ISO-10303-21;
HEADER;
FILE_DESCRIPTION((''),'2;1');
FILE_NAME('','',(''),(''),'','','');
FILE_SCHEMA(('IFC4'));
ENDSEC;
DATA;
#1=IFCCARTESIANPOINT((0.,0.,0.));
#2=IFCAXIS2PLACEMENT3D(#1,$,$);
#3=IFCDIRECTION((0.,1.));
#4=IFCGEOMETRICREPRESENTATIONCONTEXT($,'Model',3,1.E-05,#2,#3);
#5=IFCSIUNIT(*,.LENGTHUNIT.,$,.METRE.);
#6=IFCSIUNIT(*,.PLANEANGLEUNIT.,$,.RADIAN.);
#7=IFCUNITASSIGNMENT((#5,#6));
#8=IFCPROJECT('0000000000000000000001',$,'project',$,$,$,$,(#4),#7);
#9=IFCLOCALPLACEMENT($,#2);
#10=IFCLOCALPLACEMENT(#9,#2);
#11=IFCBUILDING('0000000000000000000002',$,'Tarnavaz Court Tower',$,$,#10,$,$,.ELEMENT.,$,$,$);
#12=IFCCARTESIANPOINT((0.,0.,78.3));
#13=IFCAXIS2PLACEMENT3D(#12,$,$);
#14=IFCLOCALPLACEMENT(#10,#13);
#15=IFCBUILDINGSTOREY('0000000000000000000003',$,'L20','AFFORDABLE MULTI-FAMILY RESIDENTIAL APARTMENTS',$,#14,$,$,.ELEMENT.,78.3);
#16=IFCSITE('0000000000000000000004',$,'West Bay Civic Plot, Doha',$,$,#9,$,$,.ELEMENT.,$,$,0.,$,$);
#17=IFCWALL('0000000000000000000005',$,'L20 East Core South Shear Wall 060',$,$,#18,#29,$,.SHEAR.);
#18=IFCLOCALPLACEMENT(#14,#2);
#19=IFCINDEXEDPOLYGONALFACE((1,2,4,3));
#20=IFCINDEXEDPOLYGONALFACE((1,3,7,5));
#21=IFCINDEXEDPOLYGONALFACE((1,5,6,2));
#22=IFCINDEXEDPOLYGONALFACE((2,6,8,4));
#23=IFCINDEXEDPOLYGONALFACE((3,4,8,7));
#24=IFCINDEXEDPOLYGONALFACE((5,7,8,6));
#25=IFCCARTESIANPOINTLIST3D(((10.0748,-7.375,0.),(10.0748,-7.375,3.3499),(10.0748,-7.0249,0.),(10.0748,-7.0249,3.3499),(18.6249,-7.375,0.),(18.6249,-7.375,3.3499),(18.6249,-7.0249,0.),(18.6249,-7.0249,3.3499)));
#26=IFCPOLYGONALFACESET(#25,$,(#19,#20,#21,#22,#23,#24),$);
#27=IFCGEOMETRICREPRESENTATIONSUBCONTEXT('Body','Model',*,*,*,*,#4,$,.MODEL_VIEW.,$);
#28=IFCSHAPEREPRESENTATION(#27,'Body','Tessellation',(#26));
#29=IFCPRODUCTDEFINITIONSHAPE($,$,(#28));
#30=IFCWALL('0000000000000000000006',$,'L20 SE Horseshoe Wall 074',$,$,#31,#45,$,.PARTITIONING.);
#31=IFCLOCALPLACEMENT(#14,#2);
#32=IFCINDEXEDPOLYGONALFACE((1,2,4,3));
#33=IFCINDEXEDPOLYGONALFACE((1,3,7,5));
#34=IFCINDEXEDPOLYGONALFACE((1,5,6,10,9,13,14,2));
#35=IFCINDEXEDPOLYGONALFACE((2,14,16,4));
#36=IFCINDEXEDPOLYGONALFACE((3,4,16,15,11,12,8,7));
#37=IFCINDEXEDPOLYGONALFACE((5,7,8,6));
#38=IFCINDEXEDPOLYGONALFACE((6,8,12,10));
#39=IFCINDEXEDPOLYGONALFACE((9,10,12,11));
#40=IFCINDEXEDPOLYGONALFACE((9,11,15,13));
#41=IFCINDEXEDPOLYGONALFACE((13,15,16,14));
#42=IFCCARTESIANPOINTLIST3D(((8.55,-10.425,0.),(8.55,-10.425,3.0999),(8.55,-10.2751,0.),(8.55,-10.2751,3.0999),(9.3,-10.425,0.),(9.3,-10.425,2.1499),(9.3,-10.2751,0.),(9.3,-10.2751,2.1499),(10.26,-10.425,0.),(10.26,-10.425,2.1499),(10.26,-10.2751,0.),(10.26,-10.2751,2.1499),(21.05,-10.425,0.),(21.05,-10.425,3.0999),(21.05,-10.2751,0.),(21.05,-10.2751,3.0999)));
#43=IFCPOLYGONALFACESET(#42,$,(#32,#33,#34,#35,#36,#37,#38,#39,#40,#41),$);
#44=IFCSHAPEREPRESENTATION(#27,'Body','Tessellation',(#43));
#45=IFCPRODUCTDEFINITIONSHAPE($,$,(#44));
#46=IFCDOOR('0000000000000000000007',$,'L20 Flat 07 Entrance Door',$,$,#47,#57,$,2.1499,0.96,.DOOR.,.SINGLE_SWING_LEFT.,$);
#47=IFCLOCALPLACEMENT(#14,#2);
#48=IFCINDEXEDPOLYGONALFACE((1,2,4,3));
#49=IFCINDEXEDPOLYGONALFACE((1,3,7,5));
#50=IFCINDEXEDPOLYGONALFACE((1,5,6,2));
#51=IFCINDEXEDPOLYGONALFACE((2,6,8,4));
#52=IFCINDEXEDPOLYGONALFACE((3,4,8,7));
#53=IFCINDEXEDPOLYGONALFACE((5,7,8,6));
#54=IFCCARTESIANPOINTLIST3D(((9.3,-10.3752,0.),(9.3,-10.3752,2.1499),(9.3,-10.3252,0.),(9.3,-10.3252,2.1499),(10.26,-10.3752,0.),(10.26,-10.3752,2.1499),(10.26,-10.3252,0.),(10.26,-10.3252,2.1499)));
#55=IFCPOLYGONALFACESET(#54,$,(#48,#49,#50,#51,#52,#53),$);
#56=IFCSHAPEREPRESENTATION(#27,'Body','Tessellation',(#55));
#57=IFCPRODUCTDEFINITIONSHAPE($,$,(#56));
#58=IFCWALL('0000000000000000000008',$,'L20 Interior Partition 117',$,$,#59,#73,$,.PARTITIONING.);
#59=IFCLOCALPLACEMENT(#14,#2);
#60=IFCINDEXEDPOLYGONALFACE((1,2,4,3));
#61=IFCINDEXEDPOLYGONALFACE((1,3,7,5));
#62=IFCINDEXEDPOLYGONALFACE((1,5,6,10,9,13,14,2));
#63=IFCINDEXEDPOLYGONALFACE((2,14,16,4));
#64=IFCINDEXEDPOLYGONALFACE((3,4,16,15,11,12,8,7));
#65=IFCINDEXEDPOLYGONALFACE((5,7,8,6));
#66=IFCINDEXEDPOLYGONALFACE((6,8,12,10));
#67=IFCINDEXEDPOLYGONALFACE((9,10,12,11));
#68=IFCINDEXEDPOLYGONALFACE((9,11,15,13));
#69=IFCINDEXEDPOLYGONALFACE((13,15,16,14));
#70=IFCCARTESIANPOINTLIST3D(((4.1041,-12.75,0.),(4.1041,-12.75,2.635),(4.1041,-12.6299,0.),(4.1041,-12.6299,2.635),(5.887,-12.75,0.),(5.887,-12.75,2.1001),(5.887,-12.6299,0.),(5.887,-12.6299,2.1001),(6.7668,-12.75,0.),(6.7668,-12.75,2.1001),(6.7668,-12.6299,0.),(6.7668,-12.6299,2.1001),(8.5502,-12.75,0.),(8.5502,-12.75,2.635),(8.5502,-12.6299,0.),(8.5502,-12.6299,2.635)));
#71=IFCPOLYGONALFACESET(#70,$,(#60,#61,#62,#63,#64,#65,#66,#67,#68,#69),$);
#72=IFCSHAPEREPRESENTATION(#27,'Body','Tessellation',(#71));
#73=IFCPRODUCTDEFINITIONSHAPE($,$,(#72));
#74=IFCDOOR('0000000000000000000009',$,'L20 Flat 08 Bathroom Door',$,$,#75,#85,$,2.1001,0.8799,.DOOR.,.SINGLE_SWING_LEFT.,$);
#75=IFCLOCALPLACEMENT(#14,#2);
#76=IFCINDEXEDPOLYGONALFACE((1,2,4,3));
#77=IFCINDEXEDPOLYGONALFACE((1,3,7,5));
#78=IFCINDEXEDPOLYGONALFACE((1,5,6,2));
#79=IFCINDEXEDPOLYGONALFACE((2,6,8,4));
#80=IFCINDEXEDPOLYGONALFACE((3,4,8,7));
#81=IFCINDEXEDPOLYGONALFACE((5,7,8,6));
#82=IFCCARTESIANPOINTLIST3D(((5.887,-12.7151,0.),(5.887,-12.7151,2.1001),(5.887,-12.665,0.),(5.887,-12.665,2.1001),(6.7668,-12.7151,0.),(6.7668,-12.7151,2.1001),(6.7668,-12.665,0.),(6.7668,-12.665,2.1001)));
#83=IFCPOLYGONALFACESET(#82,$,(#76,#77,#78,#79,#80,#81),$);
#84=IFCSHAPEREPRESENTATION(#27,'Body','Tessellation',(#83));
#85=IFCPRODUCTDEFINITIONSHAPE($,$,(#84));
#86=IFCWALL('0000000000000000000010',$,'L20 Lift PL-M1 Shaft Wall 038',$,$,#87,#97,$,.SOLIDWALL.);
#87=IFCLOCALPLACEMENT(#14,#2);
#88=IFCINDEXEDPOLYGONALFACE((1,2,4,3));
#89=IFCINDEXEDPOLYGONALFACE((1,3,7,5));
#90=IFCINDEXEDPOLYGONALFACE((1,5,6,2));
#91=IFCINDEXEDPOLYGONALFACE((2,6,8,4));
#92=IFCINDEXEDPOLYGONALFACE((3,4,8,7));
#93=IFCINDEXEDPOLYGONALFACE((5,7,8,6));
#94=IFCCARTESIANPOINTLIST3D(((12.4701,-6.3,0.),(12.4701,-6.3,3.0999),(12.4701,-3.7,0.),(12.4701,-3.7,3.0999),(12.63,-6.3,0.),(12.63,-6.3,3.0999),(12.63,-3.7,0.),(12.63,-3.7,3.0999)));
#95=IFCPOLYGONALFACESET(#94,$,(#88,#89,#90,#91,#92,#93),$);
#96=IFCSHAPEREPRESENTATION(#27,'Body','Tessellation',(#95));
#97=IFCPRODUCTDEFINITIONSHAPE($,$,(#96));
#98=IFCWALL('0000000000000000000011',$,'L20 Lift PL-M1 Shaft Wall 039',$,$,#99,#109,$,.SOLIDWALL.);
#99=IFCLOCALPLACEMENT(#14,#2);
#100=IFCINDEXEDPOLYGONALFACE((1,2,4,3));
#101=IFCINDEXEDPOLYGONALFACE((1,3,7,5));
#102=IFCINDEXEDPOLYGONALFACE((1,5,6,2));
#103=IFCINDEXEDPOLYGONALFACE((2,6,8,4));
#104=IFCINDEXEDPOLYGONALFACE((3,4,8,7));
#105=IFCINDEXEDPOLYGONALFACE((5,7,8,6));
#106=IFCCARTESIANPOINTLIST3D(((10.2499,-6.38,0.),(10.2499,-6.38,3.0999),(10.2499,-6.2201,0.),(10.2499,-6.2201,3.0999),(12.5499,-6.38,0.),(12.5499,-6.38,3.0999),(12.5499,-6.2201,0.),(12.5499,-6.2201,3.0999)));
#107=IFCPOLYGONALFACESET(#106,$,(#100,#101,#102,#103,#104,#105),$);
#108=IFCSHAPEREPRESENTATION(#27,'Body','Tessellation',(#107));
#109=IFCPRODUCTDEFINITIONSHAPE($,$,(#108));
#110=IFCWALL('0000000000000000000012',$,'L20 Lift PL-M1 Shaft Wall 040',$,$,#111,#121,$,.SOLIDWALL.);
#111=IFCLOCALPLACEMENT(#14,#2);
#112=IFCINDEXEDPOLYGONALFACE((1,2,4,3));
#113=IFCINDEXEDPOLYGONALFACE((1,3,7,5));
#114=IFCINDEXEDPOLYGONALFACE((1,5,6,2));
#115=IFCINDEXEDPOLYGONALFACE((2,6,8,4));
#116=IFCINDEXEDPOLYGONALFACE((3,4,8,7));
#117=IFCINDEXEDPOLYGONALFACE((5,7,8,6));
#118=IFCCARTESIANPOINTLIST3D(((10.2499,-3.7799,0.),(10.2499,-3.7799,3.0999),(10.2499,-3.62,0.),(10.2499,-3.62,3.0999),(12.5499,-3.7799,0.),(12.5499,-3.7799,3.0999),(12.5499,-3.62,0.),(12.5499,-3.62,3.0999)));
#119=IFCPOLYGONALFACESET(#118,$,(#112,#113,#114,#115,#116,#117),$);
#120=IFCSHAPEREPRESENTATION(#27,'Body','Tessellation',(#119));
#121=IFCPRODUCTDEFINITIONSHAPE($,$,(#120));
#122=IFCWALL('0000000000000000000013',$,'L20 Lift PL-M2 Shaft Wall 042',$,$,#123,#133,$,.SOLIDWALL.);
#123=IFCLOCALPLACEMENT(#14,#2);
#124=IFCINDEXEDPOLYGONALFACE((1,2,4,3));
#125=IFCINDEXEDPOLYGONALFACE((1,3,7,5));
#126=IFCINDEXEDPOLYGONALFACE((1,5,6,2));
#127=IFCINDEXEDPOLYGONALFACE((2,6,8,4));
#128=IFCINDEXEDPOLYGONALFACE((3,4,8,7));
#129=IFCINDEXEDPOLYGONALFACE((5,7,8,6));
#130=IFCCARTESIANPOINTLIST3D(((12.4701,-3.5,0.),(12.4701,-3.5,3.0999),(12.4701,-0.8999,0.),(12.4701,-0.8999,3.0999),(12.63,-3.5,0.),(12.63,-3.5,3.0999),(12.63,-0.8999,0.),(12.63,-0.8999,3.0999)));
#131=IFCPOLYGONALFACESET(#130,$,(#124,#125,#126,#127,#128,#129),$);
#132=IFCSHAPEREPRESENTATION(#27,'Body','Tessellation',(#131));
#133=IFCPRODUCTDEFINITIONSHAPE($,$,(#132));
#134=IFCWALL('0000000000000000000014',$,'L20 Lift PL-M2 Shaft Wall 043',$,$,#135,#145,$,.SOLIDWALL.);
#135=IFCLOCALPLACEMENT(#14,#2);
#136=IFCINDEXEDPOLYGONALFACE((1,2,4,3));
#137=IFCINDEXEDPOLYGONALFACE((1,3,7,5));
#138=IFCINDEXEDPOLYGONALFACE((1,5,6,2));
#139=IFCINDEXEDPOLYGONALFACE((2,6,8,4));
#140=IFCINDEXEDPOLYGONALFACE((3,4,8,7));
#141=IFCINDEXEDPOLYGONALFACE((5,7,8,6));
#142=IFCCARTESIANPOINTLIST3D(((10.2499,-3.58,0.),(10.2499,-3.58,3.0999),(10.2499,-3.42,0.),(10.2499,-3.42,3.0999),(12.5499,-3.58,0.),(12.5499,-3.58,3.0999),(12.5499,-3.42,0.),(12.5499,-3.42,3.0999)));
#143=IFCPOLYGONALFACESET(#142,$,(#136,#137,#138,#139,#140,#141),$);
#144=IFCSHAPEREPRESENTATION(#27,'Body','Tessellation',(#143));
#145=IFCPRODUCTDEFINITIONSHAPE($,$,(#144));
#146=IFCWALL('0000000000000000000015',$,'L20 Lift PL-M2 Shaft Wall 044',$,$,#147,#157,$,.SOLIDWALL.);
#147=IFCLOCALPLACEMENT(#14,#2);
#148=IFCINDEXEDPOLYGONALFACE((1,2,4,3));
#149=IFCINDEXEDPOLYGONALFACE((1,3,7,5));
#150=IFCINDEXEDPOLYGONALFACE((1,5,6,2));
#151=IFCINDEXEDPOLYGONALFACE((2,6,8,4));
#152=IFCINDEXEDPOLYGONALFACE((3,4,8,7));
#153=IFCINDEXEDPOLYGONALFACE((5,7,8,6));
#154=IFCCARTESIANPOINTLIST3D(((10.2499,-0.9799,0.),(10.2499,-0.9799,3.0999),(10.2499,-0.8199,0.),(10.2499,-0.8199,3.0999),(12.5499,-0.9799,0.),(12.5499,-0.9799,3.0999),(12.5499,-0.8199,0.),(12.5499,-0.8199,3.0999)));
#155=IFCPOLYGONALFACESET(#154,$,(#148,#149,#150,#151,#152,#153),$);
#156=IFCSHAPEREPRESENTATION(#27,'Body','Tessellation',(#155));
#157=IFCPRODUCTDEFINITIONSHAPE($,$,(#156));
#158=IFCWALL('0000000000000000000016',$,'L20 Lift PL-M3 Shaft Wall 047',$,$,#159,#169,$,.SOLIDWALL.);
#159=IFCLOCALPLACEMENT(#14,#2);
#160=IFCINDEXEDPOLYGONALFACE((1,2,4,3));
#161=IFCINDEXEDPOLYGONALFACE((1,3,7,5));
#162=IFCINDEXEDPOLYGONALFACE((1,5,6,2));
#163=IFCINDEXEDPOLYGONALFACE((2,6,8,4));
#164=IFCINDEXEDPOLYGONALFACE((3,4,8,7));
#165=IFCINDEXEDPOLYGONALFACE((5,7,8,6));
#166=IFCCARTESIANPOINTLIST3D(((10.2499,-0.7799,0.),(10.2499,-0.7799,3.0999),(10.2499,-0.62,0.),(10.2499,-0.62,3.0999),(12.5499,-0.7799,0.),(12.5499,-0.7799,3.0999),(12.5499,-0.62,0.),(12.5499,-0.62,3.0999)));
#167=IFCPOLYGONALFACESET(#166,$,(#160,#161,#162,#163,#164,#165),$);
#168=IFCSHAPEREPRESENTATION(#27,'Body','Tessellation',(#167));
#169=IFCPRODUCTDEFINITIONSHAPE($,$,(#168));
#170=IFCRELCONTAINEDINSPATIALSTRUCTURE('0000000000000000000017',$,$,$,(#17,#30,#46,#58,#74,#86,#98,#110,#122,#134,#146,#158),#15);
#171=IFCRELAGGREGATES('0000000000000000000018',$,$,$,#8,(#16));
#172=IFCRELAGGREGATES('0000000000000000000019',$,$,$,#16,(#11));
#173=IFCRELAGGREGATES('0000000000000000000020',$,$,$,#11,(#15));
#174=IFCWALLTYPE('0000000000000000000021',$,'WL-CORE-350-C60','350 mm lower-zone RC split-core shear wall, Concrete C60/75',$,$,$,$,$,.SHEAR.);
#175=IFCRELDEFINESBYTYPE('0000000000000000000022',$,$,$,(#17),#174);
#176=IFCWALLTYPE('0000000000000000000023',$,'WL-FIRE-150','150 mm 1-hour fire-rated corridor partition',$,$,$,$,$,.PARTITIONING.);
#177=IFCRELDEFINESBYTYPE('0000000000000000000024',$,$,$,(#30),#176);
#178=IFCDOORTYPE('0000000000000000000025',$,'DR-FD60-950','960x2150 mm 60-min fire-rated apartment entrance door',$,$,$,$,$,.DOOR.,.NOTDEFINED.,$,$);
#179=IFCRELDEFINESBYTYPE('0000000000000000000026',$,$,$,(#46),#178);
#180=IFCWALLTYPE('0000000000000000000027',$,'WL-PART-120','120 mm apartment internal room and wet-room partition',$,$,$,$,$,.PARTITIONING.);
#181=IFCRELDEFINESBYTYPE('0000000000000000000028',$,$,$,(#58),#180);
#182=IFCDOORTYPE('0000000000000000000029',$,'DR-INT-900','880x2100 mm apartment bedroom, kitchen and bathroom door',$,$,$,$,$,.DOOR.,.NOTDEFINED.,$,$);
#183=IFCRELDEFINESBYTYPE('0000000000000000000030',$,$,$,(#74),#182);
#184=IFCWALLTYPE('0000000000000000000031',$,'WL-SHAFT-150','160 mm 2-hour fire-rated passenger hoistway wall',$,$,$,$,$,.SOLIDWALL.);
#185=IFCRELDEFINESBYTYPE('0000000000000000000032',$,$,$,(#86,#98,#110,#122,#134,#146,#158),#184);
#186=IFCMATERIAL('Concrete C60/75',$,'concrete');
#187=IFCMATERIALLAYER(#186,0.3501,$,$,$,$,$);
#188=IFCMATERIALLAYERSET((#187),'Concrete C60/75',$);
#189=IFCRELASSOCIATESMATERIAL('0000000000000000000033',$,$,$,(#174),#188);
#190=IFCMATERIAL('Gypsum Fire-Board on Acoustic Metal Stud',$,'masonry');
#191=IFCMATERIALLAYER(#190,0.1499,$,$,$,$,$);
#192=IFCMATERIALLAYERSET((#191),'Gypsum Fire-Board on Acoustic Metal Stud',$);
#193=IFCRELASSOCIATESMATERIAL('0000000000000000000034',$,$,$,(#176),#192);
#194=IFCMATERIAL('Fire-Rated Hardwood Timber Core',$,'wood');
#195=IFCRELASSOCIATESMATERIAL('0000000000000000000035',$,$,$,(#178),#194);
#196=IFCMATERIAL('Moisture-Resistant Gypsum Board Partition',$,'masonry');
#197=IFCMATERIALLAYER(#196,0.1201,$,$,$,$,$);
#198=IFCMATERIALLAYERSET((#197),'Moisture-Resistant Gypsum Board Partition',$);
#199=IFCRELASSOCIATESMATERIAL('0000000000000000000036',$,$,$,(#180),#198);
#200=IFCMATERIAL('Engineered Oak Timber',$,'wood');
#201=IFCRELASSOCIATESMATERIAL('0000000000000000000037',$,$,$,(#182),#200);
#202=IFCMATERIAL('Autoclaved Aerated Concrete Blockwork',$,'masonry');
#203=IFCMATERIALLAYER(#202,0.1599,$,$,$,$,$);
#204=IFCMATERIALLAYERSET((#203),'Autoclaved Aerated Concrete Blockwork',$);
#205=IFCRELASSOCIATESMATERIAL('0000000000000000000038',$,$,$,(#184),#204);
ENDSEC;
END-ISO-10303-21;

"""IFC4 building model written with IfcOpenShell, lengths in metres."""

from ifc_helpers import new_model, si_unit, direction, frame, frame_2d, origin, place, context, subcontext, project, spatial, rectangle, extrude, material, layer, layer_set, type_object, element, fill, save


model = new_model("IFC4")

# Units and contexts
model_context = context("Model", 3, precision=1e-05, world=origin(), true_north=direction((0.0, 1.0)))
body_context = subcontext(model_context, "Body", "Model", "MODEL_VIEW")
ifc_project = project(units=[si_unit("LENGTHUNIT", "METRE"), si_unit("PLANEANGLEUNIT", "RADIAN")], contexts=[model_context])

# Site, building, storey
site_placement = place(None, origin())
site = spatial("IfcSite", under=ifc_project, at=site_placement, Name="West Bay Civic Plot, Doha", CompositionType="ELEMENT", RefElevation=0.0)
building_placement = place(site_placement, origin())
building = spatial("IfcBuilding", under=site, at=building_placement, Name="Tarnavaz Court Tower", CompositionType="ELEMENT")
storey_placement = place(building_placement, frame((0.0, 0.0, 78.3)))
storey = spatial("IfcBuildingStorey", under=building, at=storey_placement, Name="L20", Description="AFFORDABLE MULTI-FAMILY RESIDENTIAL APARTMENTS", CompositionType="ELEMENT", Elevation=78.3)

# Shared definitions
ifc_material_1 = material(Name="Concrete C60/75", Category="concrete")

# Wall
ifc_layer_1 = layer(ifc_material_1, 0.3501)
ifc_layer_set_1 = layer_set([ifc_layer_1], Name="Concrete C60/75")
wall_type_1 = type_object("IfcWallType", Name="WL-CORE-350-C60", Description="350 mm lower-zone RC split-core shear wall, Concrete C60/75", PredefinedType="SHEAR", material=ifc_layer_set_1)
wall_1_placement = place(storey_placement, frame((10.075, -7.2, 0.0), z_axis=(0.0, 0.0, 1.0), x_axis=(1.0, 0.0, 0.0)))
element("IfcWall", 1, at=wall_1_placement, inside=storey, type_object=wall_type_1, Name="L20 East Core South Shear Wall 060", PredefinedType="SHEAR", context=body_context, shape_type="SweptSolid", body=[
    extrude(rectangle(XDim=8.55, YDim=0.3501, at=frame_2d((4.2749, 0.0))), origin(), (0.0, 0.0, 1.0), 3.3499),
])

# Walls, openings, doors
ifc_material_2 = material(Name="Gypsum Fire-Board on Acoustic Metal Stud", Category="masonry")
ifc_layer_2 = layer(ifc_material_2, 0.1499)
ifc_layer_set_2 = layer_set([ifc_layer_2], Name="Gypsum Fire-Board on Acoustic Metal Stud")
wall_type_2 = type_object("IfcWallType", Name="WL-FIRE-150", Description="150 mm 1-hour fire-rated corridor partition", PredefinedType="PARTITIONING", material=ifc_layer_set_2)
wall_2_placement = place(storey_placement, frame((8.55, -10.3501, 0.0), z_axis=(0.0, 0.0, 1.0), x_axis=(1.0, 0.0, 0.0)))
wall_2 = element("IfcWall", 2, at=wall_2_placement, inside=storey, type_object=wall_type_2, Name="L20 SE Horseshoe Wall 074", PredefinedType="PARTITIONING", context=body_context, shape_type="SweptSolid", body=[
    extrude(rectangle(XDim=12.5, YDim=0.1499, at=frame_2d((6.25, 0.0))), origin(), (0.0, 0.0, 1.0), 3.0999),
])
opening_1_placement = place(wall_2_placement, frame((0.75, 0.0, 0.0)))
opening_1 = element("IfcOpeningElement", 3, at=opening_1_placement, cuts=wall_2, PredefinedType="OPENING", context=body_context, shape_type="SweptSolid", body=[
    extrude(rectangle(XDim=0.96, YDim=2.1499, at=frame_2d((0.48, 1.075))), frame((0.0, 0.085, 0.0), z_axis=(0.0, -1.0, 0.0), x_axis=(1.0, 0.0, 0.0)), (0.0, 0.0, 1.0), 0.1699),
])
ifc_material_3 = material(Name="Fire-Rated Hardwood Timber Core", Category="wood")
door_type_1 = type_object("IfcDoorType", Name="DR-FD60-950", Description="960x2150 mm 60-min fire-rated apartment entrance door", OperationType="NOTDEFINED", PredefinedType="DOOR", material=ifc_material_3)
door_1_placement = place(opening_1_placement, origin())
door_1 = element("IfcDoor", 4, at=door_1_placement, inside=storey, type_object=door_type_1, Name="L20 Flat 07 Entrance Door", OperationType="SINGLE_SWING_LEFT", OverallHeight=2.1499, OverallWidth=0.96, PredefinedType="DOOR", context=body_context, shape_type="SweptSolid", body=[
    extrude(rectangle(XDim=0.96, YDim=2.1499, at=frame_2d((0.48, 1.075))), frame((0.0, 0.0249, 0.0), z_axis=(0.0, -1.0, 0.0), x_axis=(1.0, 0.0, 0.0)), (0.0, 0.0, 1.0), 0.05),
])
fill(opening_1, door_1)
ifc_material_4 = material(Name="Moisture-Resistant Gypsum Board Partition", Category="masonry")
ifc_layer_3 = layer(ifc_material_4, 0.1201)
ifc_layer_set_3 = layer_set([ifc_layer_3], Name="Moisture-Resistant Gypsum Board Partition")
wall_type_3 = type_object("IfcWallType", Name="WL-PART-120", Description="120 mm apartment internal room and wet-room partition", PredefinedType="PARTITIONING", material=ifc_layer_set_3)
wall_3_placement = place(storey_placement, frame((4.104, -12.6899, 0.0), z_axis=(0.0, 0.0, 1.0), x_axis=(1.0, 0.0, 0.0)))
wall_3 = element("IfcWall", 5, at=wall_3_placement, inside=storey, type_object=wall_type_3, Name="L20 Interior Partition 117", PredefinedType="PARTITIONING", context=body_context, shape_type="SweptSolid", body=[
    extrude(rectangle(XDim=4.446, YDim=0.1201, at=frame_2d((2.2231, 0.0))), origin(), (0.0, 0.0, 1.0), 2.635),
])
opening_2_placement = place(wall_3_placement, frame((1.783, 0.0, 0.0)))
opening_2 = element("IfcOpeningElement", 6, at=opening_2_placement, cuts=wall_3, PredefinedType="OPENING", context=body_context, shape_type="SweptSolid", body=[
    extrude(rectangle(XDim=0.8799, YDim=2.1001, at=frame_2d((0.4399, 1.05))), frame((0.0, 0.0701, 0.0), z_axis=(0.0, -1.0, 0.0), x_axis=(1.0, 0.0, 0.0)), (0.0, 0.0, 1.0), 0.1401),
])
ifc_material_5 = material(Name="Engineered Oak Timber", Category="wood")
door_type_2 = type_object("IfcDoorType", Name="DR-INT-900", Description="880x2100 mm apartment bedroom, kitchen and bathroom door", OperationType="NOTDEFINED", PredefinedType="DOOR", material=ifc_material_5)
door_2_placement = place(opening_2_placement, origin())
door_2 = element("IfcDoor", 7, at=door_2_placement, inside=storey, type_object=door_type_2, Name="L20 Flat 08 Bathroom Door", OperationType="SINGLE_SWING_LEFT", OverallHeight=2.1001, OverallWidth=0.8799, PredefinedType="DOOR", context=body_context, shape_type="SweptSolid", body=[
    extrude(rectangle(XDim=0.8799, YDim=2.1001, at=frame_2d((0.4399, 1.05))), frame((0.0, 0.0249, 0.0), z_axis=(0.0, -1.0, 0.0), x_axis=(1.0, 0.0, 0.0)), (0.0, 0.0, 1.0), 0.05),
])
fill(opening_2, door_2)
ifc_material_6 = material(Name="Autoclaved Aerated Concrete Blockwork", Category="masonry")
ifc_layer_4 = layer(ifc_material_6, 0.1599)
ifc_layer_set_4 = layer_set([ifc_layer_4], Name="Autoclaved Aerated Concrete Blockwork")
wall_type_4 = type_object("IfcWallType", Name="WL-SHAFT-150", Description="160 mm 2-hour fire-rated passenger hoistway wall", PredefinedType="SOLIDWALL", material=ifc_layer_set_4)

# Walls
wall_4_placement = place(storey_placement, frame((12.55, -6.3, 0.0), z_axis=(0.0, 0.0, 1.0), x_axis=(0.0, 1.0, 0.0)))
element("IfcWall", 8, at=wall_4_placement, inside=storey, type_object=wall_type_4, Name="L20 Lift PL-M1 Shaft Wall 038", PredefinedType="SOLIDWALL", context=body_context, shape_type="SweptSolid", body=[
    extrude(rectangle(XDim=2.6001, YDim=0.1599, at=frame_2d((1.3, 0.0))), origin(), (0.0, 0.0, 1.0), 3.0999),
])
for number, where, z_axis, x_axis, name in (
    (9, (10.25, -6.3, 0.0), (0.0, 0.0, 1.0), (1.0, 0.0, 0.0), "L20 Lift PL-M1 Shaft Wall 039"),
    (10, (10.25, -3.7, 0.0), (0.0, 0.0, 1.0), (1.0, 0.0, 0.0), "L20 Lift PL-M1 Shaft Wall 040"),
):
    element("IfcWall", number, at=place(storey_placement, frame(where, z_axis=z_axis, x_axis=x_axis)), inside=storey, type_object=wall_type_4, Name=name, PredefinedType="SOLIDWALL", context=body_context, shape_type="SweptSolid", body=[
        extrude(rectangle(XDim=2.3, YDim=0.1599, at=frame_2d((1.1499, 0.0))), origin(), (0.0, 0.0, 1.0), 3.0999),
    ])

# Walls
wall_5_placement = place(storey_placement, frame((12.55, -3.5, 0.0), z_axis=(0.0, 0.0, 1.0), x_axis=(0.0, 1.0, 0.0)))
element("IfcWall", 11, at=wall_5_placement, inside=storey, type_object=wall_type_4, Name="L20 Lift PL-M2 Shaft Wall 042", PredefinedType="SOLIDWALL", context=body_context, shape_type="SweptSolid", body=[
    extrude(rectangle(XDim=2.6001, YDim=0.1599, at=frame_2d((1.3, 0.0))), origin(), (0.0, 0.0, 1.0), 3.0999),
])
for number, where, z_axis, x_axis, name in (
    (12, (10.25, -3.5, 0.0), (0.0, 0.0, 1.0), (1.0, 0.0, 0.0), "L20 Lift PL-M2 Shaft Wall 043"),
    (13, (10.25, -0.8999, 0.0), (0.0, 0.0, 1.0), (1.0, 0.0, 0.0), "L20 Lift PL-M2 Shaft Wall 044"),
):
    element("IfcWall", number, at=place(storey_placement, frame(where, z_axis=z_axis, x_axis=x_axis)), inside=storey, type_object=wall_type_4, Name=name, PredefinedType="SOLIDWALL", context=body_context, shape_type="SweptSolid", body=[
        extrude(rectangle(XDim=2.3, YDim=0.1599, at=frame_2d((1.1499, 0.0))), origin(), (0.0, 0.0, 1.0), 3.0999),
    ])

# Wall
wall_6_placement = place(storey_placement, frame((10.25, -0.7, 0.0), z_axis=(0.0, 0.0, 1.0), x_axis=(1.0, 0.0, 0.0)))
element("IfcWall", 14, at=wall_6_placement, inside=storey, type_object=wall_type_4, Name="L20 Lift PL-M3 Shaft Wall 047", PredefinedType="SOLIDWALL", context=body_context, shape_type="SweptSolid", body=[
    extrude(rectangle(XDim=2.3, YDim=0.1599, at=frame_2d((1.1499, 0.0))), origin(), (0.0, 0.0, 1.0), 3.0999),
])

save(model, "model.ifc")
